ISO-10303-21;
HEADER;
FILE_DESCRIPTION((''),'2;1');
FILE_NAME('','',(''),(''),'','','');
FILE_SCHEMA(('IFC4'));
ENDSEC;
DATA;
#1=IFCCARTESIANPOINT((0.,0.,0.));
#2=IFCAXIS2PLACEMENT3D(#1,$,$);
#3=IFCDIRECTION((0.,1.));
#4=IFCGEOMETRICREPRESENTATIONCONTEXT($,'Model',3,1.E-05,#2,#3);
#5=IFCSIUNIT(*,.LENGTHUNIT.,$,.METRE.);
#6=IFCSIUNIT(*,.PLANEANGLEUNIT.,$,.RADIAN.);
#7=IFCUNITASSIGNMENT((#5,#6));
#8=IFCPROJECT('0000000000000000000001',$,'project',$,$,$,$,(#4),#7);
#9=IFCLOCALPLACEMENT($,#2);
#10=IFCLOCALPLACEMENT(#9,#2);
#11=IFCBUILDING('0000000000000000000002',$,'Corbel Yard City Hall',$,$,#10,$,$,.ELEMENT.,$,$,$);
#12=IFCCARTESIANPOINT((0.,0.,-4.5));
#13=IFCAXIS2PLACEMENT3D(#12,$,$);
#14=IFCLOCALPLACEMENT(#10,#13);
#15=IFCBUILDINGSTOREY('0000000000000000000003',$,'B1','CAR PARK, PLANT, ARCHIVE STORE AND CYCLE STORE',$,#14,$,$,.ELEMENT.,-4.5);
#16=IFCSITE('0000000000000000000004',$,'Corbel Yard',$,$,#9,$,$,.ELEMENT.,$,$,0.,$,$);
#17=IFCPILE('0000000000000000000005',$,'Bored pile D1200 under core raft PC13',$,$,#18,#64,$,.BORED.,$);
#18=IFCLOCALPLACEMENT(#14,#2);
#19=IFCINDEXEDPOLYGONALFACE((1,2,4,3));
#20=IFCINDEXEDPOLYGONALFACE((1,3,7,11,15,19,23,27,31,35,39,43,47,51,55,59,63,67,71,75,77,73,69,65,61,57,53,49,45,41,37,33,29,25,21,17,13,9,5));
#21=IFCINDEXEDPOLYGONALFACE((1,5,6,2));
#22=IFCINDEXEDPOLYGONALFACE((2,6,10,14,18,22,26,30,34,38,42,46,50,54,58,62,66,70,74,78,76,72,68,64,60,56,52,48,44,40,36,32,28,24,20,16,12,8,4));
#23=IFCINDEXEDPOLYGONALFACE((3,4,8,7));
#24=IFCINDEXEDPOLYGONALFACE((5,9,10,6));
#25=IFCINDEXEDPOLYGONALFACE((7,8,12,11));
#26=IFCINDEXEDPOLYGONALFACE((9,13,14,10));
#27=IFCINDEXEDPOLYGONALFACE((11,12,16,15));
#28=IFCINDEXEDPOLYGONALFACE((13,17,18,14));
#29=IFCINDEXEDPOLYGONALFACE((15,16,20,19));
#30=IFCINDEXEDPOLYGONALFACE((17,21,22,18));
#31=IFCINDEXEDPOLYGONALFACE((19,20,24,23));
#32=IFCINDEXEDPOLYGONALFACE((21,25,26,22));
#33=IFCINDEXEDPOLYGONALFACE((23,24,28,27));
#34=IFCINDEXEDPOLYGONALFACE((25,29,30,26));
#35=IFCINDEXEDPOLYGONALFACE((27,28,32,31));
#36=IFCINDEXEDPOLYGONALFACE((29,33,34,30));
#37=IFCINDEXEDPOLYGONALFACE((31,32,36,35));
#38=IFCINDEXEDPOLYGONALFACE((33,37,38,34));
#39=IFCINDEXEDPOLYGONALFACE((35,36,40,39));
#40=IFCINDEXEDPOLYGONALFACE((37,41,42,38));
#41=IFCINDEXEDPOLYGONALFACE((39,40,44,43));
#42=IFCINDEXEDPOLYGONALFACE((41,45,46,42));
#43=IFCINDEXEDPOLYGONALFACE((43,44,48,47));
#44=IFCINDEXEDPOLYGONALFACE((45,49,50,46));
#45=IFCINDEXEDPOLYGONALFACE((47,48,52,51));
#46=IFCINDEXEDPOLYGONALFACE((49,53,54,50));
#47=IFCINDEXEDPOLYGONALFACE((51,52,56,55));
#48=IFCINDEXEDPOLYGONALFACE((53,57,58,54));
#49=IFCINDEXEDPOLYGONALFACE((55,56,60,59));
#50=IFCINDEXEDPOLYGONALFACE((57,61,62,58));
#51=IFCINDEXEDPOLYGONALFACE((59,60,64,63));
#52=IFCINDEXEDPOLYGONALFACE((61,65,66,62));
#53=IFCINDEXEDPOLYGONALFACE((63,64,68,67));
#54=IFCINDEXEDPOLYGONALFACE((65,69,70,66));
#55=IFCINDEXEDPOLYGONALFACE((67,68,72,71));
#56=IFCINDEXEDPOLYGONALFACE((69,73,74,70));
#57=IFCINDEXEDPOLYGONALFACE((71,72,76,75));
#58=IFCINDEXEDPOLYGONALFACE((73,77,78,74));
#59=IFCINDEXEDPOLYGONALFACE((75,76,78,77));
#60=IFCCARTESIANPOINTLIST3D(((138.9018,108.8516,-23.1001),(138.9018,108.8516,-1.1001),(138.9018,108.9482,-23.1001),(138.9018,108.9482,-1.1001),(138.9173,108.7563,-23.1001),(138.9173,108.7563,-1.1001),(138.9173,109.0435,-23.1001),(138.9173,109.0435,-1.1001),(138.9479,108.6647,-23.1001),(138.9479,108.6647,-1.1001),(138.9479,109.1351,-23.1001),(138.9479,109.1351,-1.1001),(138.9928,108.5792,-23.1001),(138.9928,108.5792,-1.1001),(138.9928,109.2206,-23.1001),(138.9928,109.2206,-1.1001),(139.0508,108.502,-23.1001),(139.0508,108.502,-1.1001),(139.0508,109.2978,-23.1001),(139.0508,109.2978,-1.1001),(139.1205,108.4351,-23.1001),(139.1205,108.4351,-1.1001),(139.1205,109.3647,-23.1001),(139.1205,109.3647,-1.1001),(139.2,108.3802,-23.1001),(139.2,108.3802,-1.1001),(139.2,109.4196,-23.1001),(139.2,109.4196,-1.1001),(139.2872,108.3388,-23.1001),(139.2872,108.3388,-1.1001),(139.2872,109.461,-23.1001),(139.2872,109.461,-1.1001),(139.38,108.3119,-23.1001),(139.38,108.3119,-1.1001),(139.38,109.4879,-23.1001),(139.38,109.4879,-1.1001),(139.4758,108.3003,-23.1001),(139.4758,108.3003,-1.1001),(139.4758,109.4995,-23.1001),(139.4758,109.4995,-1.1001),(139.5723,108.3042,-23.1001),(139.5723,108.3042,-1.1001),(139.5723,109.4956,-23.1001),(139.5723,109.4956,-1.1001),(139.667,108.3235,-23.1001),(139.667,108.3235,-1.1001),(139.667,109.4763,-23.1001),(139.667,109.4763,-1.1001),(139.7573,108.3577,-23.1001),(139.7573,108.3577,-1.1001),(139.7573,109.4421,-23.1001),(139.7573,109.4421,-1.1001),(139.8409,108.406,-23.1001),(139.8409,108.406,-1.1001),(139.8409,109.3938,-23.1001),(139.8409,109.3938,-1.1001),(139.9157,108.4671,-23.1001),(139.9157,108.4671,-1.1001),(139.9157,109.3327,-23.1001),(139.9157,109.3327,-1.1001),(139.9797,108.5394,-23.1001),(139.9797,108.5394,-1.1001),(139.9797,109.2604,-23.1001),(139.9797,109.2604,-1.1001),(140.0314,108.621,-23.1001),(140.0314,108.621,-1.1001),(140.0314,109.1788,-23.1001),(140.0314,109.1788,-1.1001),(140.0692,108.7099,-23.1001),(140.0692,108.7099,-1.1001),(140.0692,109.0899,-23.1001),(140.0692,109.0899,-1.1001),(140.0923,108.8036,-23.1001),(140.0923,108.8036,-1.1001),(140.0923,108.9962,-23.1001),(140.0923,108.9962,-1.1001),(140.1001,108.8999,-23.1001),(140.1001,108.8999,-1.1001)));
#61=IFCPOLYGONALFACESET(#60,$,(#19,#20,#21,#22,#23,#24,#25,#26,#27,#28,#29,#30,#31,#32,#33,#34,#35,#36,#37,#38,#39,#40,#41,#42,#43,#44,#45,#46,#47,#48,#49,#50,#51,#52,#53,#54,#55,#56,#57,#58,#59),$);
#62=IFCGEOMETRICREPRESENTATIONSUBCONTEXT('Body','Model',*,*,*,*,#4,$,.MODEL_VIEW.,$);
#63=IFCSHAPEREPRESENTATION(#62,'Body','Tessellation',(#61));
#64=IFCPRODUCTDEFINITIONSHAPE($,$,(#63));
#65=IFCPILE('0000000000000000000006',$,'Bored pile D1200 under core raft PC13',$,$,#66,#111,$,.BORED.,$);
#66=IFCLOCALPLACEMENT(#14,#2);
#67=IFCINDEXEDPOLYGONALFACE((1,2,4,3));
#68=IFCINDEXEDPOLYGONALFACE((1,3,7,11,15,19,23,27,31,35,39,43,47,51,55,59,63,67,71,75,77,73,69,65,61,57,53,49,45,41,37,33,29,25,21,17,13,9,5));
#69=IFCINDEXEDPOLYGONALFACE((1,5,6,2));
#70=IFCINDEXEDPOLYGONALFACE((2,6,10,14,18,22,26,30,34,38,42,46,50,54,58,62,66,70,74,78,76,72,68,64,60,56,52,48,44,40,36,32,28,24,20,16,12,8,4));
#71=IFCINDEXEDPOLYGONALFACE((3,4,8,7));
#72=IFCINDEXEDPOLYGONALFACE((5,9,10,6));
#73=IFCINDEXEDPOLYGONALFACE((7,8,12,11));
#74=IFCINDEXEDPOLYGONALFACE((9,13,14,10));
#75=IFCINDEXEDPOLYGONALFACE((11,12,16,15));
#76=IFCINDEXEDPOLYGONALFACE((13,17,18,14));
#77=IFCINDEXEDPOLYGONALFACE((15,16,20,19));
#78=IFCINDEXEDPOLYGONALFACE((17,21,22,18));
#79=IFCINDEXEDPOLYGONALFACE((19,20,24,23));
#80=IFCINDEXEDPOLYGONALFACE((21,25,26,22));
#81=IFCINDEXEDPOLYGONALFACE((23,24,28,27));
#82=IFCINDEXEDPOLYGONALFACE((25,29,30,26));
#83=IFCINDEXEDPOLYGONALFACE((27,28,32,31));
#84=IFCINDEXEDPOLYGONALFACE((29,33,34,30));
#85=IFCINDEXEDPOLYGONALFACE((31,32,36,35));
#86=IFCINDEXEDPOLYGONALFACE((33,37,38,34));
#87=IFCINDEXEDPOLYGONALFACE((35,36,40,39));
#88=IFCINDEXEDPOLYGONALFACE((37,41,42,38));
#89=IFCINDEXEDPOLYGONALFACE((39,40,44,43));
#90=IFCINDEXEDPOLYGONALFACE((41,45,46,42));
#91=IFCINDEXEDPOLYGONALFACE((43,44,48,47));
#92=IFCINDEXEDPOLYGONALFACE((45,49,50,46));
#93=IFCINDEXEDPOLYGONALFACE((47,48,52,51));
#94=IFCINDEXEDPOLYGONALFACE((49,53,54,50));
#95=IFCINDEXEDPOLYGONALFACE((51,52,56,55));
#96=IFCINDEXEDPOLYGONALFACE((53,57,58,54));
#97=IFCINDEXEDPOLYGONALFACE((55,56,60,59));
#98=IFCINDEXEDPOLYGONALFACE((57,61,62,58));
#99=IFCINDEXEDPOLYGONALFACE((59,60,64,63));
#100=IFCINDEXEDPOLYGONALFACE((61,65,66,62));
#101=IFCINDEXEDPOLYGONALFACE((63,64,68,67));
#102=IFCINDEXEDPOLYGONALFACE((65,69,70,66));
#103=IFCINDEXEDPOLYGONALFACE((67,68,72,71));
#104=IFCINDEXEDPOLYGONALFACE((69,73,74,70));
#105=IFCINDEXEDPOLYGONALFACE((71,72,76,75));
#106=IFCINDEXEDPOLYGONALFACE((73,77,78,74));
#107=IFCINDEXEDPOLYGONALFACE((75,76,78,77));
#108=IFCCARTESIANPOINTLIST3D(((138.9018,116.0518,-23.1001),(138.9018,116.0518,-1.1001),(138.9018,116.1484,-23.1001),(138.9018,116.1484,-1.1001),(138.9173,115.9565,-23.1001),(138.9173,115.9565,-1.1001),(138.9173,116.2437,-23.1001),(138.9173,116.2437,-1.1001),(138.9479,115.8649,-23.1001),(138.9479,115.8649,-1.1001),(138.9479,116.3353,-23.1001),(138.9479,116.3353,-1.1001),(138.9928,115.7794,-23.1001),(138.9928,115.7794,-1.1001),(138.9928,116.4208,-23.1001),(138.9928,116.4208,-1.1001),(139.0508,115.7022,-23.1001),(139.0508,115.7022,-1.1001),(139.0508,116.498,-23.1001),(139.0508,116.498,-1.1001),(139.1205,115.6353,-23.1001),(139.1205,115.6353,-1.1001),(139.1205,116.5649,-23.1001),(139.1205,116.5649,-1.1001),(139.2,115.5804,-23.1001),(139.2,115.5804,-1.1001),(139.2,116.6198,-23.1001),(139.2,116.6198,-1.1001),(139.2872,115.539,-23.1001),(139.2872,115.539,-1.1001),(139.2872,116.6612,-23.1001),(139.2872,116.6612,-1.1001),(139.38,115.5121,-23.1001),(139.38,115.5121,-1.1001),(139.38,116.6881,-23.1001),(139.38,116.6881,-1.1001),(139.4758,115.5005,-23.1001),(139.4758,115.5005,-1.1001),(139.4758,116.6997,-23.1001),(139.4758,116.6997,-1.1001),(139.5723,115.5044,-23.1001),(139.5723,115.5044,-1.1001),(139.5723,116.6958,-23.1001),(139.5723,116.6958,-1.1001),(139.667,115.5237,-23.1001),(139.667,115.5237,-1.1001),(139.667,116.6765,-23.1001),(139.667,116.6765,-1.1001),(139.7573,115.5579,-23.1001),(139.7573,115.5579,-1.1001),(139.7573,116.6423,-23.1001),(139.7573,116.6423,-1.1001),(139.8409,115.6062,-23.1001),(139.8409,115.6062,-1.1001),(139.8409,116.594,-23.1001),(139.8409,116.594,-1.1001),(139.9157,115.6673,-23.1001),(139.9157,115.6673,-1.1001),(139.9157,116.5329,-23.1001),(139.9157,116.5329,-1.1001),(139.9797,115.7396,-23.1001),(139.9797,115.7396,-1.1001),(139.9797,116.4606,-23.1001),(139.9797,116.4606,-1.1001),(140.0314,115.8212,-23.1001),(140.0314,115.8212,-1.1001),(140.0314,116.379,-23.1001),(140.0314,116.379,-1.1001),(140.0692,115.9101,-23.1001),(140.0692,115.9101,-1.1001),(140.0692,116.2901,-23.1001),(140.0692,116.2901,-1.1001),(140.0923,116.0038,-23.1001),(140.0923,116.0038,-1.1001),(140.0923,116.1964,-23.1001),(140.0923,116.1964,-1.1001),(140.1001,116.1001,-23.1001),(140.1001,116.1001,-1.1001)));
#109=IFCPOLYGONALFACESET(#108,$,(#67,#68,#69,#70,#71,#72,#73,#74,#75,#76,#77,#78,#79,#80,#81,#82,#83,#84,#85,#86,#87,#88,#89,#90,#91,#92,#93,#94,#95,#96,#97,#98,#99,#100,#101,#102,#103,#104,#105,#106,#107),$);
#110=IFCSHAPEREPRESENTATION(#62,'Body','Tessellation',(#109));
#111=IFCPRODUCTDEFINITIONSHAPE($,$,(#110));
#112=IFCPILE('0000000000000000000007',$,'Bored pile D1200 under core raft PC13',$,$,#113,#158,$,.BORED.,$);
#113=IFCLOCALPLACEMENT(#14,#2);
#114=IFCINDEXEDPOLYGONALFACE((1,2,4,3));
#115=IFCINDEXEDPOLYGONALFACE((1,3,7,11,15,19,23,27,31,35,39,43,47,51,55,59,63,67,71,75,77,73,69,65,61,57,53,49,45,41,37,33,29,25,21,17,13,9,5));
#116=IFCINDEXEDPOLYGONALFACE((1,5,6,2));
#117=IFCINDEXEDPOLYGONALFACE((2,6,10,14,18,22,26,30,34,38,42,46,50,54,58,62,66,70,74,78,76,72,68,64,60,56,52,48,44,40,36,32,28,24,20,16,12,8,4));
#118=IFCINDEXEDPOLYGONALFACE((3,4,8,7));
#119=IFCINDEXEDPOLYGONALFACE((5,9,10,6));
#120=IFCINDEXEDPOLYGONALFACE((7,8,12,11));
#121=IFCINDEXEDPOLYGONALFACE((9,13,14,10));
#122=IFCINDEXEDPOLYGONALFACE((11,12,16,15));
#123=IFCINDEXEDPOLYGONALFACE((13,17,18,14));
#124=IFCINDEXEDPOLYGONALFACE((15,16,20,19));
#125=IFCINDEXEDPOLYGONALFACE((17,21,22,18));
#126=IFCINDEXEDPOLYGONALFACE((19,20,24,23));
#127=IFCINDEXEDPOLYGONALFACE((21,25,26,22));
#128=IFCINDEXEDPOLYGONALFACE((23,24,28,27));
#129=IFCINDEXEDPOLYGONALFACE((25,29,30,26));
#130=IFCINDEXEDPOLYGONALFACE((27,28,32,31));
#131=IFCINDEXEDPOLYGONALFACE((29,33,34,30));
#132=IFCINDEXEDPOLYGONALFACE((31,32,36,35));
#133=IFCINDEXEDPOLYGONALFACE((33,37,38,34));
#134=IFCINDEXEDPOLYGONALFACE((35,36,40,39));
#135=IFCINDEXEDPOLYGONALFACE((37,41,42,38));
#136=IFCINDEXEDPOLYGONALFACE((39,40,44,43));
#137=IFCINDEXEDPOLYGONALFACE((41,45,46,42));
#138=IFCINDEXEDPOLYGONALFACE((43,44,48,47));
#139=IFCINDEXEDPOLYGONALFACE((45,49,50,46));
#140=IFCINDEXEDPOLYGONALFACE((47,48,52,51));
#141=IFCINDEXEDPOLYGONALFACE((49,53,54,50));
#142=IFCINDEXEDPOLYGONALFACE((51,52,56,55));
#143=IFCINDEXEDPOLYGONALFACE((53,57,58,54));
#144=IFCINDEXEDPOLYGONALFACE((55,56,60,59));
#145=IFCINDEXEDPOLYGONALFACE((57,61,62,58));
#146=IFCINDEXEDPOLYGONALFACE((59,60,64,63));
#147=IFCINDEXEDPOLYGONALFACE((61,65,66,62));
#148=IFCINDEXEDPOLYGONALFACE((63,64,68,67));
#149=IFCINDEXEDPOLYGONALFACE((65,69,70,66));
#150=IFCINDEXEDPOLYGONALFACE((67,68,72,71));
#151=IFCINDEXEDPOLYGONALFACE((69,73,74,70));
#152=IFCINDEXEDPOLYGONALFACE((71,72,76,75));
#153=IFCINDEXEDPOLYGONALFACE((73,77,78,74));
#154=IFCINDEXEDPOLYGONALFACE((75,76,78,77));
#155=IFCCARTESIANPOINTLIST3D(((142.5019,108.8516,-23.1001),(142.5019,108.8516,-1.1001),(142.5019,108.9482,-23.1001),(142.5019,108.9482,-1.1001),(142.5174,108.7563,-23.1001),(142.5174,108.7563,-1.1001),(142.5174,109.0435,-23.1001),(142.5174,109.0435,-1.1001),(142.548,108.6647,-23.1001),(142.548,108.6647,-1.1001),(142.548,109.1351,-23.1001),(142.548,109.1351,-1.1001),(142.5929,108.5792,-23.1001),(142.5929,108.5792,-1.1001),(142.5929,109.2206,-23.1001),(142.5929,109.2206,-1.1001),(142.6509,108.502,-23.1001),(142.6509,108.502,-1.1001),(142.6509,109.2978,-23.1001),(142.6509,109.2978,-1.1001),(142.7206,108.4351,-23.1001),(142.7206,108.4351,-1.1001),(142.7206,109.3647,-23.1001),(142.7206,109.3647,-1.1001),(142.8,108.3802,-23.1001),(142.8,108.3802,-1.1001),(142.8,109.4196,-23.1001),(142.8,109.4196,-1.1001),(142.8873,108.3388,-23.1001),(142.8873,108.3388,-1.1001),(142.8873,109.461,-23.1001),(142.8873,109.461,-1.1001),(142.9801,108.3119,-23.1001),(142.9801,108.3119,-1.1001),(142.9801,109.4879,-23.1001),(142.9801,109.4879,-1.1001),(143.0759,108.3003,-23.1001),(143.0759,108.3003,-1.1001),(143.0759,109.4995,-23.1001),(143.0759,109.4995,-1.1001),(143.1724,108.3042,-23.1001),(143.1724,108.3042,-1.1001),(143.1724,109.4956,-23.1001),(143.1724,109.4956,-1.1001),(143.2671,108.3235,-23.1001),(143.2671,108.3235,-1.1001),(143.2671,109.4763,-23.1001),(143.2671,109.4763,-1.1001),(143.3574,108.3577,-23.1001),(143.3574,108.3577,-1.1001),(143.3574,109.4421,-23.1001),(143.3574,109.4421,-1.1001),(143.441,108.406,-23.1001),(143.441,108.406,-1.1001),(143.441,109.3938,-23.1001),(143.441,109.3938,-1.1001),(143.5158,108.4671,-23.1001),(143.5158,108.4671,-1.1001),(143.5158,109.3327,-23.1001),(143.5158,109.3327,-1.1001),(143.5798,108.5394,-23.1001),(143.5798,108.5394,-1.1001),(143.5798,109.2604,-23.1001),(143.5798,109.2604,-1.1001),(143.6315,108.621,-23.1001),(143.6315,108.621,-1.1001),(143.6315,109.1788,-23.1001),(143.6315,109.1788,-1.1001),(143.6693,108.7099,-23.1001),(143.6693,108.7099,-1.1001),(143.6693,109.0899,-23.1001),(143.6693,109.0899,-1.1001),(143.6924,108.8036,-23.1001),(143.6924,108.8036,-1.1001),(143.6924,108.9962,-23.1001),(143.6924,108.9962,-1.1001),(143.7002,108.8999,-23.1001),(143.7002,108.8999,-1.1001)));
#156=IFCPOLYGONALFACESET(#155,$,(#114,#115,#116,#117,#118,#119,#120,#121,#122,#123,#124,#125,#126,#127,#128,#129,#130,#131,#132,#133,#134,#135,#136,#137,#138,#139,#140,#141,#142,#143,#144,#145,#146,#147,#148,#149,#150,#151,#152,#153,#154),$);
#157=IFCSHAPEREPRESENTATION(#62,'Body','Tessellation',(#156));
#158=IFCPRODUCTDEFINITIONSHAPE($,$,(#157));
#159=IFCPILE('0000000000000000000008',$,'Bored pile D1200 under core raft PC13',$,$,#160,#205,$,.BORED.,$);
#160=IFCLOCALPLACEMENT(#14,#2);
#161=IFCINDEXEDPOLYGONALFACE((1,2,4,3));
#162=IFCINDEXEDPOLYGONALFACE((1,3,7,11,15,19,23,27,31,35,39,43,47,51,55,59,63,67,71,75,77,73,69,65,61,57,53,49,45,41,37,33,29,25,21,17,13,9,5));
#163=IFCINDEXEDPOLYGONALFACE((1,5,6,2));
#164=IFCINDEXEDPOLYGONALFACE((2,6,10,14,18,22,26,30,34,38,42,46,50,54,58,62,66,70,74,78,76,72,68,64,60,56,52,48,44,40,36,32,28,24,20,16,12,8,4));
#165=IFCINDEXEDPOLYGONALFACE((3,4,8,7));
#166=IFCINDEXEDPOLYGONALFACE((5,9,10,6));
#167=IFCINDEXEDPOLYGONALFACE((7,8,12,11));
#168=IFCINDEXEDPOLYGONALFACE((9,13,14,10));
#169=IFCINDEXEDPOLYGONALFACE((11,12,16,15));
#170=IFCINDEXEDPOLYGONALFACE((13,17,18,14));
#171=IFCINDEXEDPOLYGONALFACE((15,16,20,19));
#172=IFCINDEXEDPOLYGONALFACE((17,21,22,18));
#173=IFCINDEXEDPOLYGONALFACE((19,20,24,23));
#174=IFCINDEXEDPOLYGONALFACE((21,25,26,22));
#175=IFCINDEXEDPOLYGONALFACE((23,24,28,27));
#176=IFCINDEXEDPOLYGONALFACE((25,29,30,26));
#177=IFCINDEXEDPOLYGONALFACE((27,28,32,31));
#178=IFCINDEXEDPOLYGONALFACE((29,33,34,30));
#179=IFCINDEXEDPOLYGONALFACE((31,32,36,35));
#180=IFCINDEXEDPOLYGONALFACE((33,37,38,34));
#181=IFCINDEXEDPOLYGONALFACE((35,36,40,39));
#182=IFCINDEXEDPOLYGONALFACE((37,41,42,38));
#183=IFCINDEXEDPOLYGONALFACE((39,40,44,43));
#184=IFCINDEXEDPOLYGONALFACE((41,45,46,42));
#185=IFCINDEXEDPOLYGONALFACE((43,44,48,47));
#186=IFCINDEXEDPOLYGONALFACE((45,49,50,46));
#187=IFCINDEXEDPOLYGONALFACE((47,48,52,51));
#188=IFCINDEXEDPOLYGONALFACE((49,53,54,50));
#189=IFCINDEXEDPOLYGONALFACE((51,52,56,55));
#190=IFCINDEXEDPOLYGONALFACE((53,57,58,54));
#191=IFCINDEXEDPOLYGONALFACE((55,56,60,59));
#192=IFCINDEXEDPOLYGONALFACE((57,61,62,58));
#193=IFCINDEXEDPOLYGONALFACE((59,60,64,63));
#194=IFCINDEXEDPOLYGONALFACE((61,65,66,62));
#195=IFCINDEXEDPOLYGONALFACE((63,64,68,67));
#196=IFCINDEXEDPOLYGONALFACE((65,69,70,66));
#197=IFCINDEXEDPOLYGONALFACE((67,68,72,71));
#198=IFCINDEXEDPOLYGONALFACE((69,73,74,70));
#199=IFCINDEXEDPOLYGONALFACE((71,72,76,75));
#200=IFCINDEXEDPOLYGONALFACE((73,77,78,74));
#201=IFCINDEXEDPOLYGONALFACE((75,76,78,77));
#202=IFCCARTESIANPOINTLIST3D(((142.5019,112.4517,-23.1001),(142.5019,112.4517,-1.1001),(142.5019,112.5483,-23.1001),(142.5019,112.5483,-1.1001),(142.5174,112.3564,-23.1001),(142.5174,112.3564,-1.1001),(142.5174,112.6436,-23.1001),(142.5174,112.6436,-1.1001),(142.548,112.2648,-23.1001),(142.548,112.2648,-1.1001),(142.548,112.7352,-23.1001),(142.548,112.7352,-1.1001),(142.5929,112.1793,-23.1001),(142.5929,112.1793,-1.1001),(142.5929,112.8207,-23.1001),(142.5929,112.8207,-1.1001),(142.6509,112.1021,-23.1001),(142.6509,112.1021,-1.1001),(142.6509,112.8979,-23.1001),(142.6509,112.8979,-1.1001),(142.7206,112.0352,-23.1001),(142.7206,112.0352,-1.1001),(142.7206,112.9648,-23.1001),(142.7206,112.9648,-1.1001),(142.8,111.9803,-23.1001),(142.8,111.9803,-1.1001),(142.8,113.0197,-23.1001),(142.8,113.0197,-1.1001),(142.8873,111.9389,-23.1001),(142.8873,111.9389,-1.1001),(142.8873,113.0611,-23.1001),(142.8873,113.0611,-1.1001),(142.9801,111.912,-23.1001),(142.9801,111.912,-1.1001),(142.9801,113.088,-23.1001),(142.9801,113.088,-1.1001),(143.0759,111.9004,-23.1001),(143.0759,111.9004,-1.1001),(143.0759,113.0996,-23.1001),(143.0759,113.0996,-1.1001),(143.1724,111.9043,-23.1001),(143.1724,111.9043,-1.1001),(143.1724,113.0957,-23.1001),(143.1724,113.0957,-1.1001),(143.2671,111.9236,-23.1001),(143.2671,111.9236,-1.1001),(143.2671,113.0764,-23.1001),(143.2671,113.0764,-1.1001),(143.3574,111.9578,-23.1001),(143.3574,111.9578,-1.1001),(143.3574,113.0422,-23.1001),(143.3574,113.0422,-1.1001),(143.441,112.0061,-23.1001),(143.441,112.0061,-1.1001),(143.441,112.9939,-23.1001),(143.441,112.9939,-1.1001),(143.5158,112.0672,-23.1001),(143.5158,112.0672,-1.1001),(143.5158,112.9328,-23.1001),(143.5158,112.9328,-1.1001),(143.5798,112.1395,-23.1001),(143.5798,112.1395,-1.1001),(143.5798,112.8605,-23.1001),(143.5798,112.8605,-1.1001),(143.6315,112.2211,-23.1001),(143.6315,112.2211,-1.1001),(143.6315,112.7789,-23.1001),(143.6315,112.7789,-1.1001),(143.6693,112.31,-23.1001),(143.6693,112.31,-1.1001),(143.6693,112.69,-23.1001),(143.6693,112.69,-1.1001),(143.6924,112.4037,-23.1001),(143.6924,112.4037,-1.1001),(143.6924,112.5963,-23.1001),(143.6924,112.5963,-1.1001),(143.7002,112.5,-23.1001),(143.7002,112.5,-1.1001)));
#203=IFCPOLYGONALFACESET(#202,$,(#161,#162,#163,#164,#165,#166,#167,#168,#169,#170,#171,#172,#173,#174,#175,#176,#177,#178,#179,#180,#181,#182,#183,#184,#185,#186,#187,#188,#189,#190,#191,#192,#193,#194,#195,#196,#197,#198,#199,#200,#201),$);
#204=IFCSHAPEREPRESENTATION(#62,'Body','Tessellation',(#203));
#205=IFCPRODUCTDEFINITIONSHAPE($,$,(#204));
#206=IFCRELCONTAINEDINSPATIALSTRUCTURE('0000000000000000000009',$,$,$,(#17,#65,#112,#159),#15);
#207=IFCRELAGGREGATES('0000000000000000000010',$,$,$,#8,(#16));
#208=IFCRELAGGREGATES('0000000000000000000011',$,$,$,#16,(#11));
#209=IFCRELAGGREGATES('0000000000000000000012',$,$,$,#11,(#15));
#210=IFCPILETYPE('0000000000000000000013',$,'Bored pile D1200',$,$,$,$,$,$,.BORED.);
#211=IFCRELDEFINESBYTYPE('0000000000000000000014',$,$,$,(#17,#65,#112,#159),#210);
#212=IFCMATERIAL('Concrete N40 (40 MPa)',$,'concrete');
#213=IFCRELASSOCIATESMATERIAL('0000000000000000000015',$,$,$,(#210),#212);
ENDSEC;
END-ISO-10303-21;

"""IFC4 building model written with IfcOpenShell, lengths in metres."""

from ifc_helpers import new_model, si_unit, direction, frame, origin, origin_2d, place, context, subcontext, project, spatial, circle, extrude, material, material_profile, profile_set, type_object, element, save


model = new_model("IFC4")

# Units and contexts
model_context = context("Model", 3, precision=1e-05, world=origin(), true_north=direction((0.0, 1.0)))
body_context = subcontext(model_context, "Body", "Model", "MODEL_VIEW")
ifc_project = project(units=[si_unit("LENGTHUNIT", "METRE"), si_unit("PLANEANGLEUNIT", "RADIAN")], contexts=[model_context])

# Site, building, storey
site_placement = place(None, origin())
site = spatial("IfcSite", under=ifc_project, at=site_placement, Name="Corbel Yard", CompositionType="ELEMENT", RefElevation=0.0)
building_placement = place(site_placement, origin())
building = spatial("IfcBuilding", under=site, at=building_placement, Name="Corbel Yard City Hall", CompositionType="ELEMENT")
storey_placement = place(building_placement, frame((0.0, 0.0, -4.5)))
storey = spatial("IfcBuildingStorey", under=building, at=storey_placement, Name="B1", Description="CAR PARK, PLANT, ARCHIVE STORE AND CYCLE STORE", CompositionType="ELEMENT", Elevation=-4.5)

# Piles
ifc_material_1 = material(Name="Concrete N40 (40 MPa)", Category="concrete")
ifc_material_profile_1 = material_profile(ifc_material_1, circle(Radius=0.6001, at=origin_2d()), Name="D1200")
ifc_profile_set_1 = profile_set([ifc_material_profile_1], Name="Concrete N40 (40 MPa)")
pile_type_1 = type_object("IfcPileType", Name="Bored pile D1200", PredefinedType="BORED", material=ifc_profile_set_1)
for number, where, z_axis, x_axis, name in (
    (1, (139.5, 108.8999, -1.1001), (0.0, 0.0, -1.0), (1.0, 0.0, 0.0), "Bored pile D1200 under core raft PC13"),
    (2, (139.5, 116.1001, -1.1001), (0.0, 0.0, -1.0), (1.0, 0.0, 0.0), "Bored pile D1200 under core raft PC13"),
    (3, (143.1001, 108.8999, -1.1001), (0.0, 0.0, -1.0), (1.0, 0.0, 0.0), "Bored pile D1200 under core raft PC13"),
    (4, (143.1001, 112.5, -1.1001), (0.0, 0.0, -1.0), (1.0, 0.0, 0.0), "Bored pile D1200 under core raft PC13"),
):
    element("IfcPile", number, at=place(storey_placement, frame(where, z_axis=z_axis, x_axis=x_axis)), inside=storey, type_object=pile_type_1, Name=name, PredefinedType="BORED", context=body_context, shape_type="SweptSolid", body=[
        extrude(circle(Radius=0.6001, at=origin_2d()), origin(), (0.0, 0.0, 1.0), 22.0),
    ])

save(model, "model.ifc")
